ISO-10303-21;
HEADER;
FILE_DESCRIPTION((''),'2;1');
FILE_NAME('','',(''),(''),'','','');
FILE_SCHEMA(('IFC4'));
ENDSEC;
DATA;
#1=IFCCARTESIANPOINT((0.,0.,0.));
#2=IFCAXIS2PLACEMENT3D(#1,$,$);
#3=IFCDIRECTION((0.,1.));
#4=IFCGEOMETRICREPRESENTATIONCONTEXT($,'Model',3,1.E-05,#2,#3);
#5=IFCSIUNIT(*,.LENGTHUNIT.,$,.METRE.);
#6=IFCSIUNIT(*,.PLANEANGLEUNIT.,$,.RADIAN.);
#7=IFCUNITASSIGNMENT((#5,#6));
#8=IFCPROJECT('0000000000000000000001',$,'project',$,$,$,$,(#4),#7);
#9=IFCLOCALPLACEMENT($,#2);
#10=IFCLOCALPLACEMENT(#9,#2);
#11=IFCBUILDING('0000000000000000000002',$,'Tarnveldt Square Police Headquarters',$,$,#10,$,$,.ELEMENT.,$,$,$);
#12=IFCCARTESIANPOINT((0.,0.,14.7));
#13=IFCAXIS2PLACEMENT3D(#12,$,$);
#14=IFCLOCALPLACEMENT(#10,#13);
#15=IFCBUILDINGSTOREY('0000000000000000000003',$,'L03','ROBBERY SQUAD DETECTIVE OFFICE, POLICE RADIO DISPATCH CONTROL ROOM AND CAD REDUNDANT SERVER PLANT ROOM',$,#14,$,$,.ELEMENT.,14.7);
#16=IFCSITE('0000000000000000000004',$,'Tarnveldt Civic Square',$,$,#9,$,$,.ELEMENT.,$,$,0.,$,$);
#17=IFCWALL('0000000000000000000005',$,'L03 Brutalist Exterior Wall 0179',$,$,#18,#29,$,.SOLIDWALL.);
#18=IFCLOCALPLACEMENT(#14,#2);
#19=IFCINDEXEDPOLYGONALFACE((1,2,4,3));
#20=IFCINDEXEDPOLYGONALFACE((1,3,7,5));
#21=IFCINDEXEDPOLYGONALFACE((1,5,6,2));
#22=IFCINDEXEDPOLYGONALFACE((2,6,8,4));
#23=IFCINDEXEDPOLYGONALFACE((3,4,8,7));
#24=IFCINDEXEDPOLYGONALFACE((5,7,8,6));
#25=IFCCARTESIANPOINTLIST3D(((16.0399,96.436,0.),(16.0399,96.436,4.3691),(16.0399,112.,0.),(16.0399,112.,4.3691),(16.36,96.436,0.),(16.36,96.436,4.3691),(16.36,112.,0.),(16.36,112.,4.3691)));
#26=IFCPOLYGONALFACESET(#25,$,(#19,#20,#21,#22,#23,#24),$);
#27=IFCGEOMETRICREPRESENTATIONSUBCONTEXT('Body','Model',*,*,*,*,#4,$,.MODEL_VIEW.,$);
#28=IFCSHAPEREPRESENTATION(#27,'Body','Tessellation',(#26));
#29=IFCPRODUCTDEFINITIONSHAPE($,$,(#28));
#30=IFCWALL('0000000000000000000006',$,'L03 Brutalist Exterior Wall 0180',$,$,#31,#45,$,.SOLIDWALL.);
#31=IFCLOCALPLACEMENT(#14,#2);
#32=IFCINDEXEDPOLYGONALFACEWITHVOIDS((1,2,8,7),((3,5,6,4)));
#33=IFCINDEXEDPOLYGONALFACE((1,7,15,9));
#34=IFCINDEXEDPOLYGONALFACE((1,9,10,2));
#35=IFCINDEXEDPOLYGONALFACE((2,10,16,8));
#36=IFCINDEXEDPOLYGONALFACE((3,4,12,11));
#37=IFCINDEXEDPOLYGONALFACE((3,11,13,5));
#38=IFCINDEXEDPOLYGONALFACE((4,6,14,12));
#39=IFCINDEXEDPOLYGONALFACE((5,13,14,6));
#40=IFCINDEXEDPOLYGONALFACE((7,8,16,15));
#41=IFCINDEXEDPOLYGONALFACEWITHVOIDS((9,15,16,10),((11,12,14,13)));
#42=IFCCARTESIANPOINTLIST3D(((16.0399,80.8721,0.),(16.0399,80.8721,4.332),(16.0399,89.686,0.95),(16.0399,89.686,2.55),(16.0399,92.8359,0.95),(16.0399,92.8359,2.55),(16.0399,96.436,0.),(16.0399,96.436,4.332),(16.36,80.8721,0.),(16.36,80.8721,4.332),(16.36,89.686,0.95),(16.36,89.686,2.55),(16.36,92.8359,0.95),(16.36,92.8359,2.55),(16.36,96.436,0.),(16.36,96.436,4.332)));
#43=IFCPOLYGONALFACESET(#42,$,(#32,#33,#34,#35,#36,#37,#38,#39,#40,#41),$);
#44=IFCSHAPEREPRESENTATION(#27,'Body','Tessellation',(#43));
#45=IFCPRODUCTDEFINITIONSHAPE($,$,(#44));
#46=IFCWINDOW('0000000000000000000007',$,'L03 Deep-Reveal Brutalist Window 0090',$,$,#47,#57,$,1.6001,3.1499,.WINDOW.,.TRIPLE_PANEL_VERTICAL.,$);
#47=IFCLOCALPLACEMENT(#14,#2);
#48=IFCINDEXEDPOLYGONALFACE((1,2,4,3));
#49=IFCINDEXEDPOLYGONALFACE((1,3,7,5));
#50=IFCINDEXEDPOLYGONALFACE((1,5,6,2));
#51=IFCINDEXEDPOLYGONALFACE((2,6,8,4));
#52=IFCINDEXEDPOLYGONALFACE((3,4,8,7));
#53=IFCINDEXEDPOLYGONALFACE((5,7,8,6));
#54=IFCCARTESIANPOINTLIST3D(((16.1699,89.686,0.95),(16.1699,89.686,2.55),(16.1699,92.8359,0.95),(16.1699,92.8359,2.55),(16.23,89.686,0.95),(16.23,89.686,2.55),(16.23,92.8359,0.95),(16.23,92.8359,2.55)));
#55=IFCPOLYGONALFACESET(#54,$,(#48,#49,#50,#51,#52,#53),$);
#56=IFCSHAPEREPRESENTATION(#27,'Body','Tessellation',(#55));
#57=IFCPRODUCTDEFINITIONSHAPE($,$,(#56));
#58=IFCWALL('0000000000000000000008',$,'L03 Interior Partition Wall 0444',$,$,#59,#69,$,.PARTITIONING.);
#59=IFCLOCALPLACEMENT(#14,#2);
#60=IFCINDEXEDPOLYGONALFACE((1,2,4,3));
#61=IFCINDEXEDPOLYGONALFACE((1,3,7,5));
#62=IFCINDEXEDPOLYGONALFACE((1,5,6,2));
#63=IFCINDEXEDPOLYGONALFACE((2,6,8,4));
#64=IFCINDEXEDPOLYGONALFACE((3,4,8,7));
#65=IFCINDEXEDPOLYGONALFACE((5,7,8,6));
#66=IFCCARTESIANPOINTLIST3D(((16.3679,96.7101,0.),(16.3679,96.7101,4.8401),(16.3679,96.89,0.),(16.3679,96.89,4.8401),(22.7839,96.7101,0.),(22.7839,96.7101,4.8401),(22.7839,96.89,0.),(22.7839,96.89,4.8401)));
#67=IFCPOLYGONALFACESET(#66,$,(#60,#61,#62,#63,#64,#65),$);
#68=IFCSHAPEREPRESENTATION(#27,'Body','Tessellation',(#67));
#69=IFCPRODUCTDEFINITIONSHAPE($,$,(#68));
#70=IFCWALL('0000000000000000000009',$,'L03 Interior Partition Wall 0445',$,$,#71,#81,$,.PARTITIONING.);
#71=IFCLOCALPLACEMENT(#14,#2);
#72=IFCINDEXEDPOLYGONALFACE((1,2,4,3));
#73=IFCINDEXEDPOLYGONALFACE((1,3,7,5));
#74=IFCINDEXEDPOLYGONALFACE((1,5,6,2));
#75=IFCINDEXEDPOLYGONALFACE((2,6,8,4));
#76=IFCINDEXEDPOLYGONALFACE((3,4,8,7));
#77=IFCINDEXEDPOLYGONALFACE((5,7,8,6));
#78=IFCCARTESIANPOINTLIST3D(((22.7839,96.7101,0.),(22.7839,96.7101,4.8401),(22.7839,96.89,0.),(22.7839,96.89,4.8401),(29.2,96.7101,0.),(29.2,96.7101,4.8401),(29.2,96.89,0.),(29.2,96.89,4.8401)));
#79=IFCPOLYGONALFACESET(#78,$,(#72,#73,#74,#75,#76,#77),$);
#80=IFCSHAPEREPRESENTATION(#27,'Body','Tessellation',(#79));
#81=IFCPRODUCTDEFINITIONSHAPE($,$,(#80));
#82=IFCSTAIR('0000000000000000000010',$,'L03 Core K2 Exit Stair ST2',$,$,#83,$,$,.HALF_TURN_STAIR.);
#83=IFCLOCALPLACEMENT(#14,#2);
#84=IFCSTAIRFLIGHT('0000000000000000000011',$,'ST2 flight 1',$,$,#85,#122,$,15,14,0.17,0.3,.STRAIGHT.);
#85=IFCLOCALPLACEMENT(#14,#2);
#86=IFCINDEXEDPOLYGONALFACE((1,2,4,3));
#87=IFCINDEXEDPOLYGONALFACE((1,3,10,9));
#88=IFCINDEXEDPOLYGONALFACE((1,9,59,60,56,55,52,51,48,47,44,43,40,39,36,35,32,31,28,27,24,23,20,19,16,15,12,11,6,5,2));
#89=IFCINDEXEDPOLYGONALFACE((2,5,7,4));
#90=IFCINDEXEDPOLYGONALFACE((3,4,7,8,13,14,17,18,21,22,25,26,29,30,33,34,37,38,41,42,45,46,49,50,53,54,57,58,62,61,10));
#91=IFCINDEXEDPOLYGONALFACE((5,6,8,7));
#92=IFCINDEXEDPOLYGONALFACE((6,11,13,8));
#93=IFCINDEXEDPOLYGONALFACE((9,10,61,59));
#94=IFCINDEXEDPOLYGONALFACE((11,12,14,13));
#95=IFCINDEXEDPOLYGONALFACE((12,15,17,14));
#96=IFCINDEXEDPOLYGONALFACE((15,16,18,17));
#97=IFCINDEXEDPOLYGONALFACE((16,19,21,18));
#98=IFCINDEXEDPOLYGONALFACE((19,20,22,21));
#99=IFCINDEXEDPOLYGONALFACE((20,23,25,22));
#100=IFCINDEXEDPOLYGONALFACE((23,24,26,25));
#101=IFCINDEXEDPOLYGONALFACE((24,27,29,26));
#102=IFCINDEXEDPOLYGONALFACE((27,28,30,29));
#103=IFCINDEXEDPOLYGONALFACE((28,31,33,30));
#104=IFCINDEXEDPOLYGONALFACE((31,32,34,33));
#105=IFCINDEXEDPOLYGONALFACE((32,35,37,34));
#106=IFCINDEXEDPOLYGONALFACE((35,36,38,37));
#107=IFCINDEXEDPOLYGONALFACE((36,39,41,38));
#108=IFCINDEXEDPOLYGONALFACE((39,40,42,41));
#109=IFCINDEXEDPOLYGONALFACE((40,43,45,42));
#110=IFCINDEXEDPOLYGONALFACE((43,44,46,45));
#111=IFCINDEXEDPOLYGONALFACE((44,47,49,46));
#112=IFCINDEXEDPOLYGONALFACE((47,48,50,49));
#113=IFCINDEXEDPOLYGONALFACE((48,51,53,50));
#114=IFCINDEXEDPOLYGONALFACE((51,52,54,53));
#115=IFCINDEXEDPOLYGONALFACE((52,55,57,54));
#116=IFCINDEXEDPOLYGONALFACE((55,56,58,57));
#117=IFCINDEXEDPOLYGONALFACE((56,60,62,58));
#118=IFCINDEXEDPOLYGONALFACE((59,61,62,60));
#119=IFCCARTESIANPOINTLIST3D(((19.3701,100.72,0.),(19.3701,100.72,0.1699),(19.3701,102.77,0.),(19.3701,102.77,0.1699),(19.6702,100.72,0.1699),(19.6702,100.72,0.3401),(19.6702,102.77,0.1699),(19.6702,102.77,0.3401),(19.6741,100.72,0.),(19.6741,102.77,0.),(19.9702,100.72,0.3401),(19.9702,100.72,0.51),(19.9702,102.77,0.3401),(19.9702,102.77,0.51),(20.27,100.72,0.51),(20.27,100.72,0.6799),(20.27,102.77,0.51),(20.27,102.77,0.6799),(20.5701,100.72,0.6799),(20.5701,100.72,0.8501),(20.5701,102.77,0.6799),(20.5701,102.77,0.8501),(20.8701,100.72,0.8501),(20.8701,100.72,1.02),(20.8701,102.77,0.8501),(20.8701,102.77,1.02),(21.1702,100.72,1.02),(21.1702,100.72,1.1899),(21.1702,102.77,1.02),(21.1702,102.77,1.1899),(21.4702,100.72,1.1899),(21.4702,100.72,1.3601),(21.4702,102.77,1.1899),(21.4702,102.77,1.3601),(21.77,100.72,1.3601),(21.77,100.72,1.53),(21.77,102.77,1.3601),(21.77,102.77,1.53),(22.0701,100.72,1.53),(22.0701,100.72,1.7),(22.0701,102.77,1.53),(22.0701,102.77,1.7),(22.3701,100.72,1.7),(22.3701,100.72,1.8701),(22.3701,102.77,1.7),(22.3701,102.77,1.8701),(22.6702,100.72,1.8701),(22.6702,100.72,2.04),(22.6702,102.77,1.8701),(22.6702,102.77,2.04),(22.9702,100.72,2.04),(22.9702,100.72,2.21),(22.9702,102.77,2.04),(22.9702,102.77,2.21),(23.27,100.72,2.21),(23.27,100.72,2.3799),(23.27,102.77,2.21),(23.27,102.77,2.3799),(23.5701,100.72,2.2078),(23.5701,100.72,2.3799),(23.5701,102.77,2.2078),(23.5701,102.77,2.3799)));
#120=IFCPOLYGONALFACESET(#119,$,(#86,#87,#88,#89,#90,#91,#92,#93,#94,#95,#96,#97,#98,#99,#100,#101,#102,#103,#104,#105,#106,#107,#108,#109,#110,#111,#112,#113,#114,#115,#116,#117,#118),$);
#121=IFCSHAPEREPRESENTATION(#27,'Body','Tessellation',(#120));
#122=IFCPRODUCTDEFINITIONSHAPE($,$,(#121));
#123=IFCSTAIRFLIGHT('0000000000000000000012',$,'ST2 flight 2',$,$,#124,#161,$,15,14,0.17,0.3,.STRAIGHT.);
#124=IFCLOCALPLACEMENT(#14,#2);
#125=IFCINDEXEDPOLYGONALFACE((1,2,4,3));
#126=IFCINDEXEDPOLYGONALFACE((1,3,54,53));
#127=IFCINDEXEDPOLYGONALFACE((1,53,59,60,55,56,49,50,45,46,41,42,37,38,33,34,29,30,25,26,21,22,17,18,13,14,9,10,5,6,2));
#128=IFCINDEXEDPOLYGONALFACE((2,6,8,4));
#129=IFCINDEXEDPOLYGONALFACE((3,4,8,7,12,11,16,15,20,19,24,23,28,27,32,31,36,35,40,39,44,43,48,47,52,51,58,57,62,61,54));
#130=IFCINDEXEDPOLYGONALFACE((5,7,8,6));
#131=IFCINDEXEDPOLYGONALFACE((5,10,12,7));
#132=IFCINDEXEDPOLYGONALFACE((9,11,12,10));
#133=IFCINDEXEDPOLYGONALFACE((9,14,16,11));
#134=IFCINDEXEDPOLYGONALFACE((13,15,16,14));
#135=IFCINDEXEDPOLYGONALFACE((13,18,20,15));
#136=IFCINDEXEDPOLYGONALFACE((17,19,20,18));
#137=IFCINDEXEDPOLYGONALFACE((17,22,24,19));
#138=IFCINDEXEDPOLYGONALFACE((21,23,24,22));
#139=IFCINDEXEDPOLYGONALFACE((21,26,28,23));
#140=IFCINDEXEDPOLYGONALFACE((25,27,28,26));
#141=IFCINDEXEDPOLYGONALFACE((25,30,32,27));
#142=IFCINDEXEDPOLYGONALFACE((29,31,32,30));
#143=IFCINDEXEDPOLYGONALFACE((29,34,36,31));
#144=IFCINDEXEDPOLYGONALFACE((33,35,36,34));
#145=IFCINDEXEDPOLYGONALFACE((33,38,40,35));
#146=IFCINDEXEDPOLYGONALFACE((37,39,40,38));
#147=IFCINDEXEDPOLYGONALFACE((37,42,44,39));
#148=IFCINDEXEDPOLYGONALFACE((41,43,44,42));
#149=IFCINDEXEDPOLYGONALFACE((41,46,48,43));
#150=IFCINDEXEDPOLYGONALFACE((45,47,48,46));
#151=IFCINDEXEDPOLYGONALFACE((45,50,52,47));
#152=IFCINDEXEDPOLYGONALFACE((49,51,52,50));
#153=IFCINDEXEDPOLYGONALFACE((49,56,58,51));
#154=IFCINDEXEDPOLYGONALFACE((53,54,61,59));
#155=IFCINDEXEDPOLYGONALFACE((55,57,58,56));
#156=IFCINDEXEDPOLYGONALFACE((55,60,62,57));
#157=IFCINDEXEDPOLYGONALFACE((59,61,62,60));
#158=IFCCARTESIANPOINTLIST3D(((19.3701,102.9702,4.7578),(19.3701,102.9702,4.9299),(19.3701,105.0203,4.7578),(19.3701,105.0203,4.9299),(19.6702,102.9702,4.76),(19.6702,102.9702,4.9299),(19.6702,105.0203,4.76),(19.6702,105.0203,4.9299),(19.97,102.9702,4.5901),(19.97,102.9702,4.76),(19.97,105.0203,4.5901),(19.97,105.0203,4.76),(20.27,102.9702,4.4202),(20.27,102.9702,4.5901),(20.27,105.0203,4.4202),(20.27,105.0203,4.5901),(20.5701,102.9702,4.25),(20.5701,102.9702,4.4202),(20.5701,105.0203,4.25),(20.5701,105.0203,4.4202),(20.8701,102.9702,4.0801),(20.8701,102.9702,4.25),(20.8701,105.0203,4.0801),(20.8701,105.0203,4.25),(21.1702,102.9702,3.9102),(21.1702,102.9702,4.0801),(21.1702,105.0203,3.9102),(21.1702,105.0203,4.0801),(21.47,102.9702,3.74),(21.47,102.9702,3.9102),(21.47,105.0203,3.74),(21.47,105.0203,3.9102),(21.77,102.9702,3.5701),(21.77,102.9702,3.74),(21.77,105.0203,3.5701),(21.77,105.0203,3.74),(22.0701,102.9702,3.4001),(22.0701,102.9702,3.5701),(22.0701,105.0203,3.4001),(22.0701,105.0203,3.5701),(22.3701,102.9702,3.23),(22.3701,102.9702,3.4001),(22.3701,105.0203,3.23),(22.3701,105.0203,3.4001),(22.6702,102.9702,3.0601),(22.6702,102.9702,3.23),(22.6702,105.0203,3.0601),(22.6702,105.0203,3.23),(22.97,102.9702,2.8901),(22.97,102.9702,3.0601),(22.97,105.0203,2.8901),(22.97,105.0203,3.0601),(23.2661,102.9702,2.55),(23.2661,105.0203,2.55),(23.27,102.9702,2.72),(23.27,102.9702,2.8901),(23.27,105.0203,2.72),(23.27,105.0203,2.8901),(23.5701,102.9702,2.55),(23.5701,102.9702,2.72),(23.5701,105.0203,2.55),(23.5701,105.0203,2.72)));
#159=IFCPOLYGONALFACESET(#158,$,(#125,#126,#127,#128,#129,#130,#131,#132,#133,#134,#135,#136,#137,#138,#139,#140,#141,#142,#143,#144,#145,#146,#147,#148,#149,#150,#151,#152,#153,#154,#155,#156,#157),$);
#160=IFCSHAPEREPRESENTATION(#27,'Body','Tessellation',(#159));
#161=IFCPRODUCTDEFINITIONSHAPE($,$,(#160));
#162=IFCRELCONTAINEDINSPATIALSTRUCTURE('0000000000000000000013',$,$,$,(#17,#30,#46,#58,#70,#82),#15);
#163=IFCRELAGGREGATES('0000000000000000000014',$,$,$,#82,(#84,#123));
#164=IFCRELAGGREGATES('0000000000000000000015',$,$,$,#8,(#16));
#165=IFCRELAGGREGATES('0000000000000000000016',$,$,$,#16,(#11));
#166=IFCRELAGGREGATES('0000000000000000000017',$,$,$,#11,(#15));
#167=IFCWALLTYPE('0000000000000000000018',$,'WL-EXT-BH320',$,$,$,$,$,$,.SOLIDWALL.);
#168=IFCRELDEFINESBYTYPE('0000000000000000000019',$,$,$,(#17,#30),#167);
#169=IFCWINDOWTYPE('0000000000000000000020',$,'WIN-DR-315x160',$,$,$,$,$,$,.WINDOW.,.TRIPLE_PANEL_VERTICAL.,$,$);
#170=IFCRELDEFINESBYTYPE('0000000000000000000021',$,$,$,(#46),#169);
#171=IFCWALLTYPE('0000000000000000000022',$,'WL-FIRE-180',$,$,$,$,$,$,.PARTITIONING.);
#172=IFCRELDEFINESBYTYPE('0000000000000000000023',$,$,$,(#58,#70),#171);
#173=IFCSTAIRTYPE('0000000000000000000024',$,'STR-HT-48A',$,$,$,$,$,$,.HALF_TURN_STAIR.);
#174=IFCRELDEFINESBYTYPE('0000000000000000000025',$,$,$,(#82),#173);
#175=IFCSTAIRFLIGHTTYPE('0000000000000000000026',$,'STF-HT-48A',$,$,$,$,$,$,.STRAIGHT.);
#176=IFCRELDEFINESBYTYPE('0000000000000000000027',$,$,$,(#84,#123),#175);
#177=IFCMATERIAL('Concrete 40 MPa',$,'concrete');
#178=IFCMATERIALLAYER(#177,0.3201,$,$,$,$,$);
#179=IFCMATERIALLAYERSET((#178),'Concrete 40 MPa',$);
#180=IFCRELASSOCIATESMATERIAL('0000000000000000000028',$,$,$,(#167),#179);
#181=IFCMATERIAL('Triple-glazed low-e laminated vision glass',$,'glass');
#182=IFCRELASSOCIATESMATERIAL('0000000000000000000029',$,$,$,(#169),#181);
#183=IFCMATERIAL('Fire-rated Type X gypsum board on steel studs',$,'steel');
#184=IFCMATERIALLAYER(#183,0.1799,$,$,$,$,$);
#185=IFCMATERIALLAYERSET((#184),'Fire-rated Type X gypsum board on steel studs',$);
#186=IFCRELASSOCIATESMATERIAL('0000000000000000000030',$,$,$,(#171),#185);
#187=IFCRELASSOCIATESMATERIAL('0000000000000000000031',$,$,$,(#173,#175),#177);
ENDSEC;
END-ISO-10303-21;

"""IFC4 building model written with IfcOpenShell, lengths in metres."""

from ifc_helpers import new_model, si_unit, direction, frame, frame_2d, origin, place, context, subcontext, project, spatial, polyline, rectangle, outline, extrude, material, layer, layer_set, type_object, element, fill, aggregate, save


model = new_model("IFC4")

# Units and contexts
model_context = context("Model", 3, precision=1e-05, world=origin(), true_north=direction((0.0, 1.0)))
body_context = subcontext(model_context, "Body", "Model", "MODEL_VIEW")
ifc_project = project(units=[si_unit("LENGTHUNIT", "METRE"), si_unit("PLANEANGLEUNIT", "RADIAN")], contexts=[model_context])

# Site, building, storey
site_placement = place(None, origin())
site = spatial("IfcSite", under=ifc_project, at=site_placement, Name="Tarnveldt Civic Square", CompositionType="ELEMENT", RefElevation=0.0)
building_placement = place(site_placement, origin())
building = spatial("IfcBuilding", under=site, at=building_placement, Name="Tarnveldt Square Police Headquarters", CompositionType="ELEMENT")
storey_placement = place(building_placement, frame((0.0, 0.0, 14.7)))
storey = spatial("IfcBuildingStorey", under=building, at=storey_placement, Name="L03", Description="ROBBERY SQUAD DETECTIVE OFFICE, POLICE RADIO DISPATCH CONTROL ROOM AND CAD REDUNDANT SERVER PLANT ROOM", CompositionType="ELEMENT", Elevation=14.7)

# Shared definitions
ifc_material_1 = material(Name="Concrete 40 MPa", Category="concrete")

# Wall
ifc_layer_1 = layer(ifc_material_1, 0.3201)
ifc_layer_set_1 = layer_set([ifc_layer_1], Name="Concrete 40 MPa")
wall_type_1 = type_object("IfcWallType", Name="WL-EXT-BH320", PredefinedType="SOLIDWALL", material=ifc_layer_set_1)
wall_1_placement = place(storey_placement, frame((16.2, 112.0, 0.0), z_axis=(0.0, 0.0, 1.0), x_axis=(0.0, -1.0, 0.0)))
element("IfcWall", 1, at=wall_1_placement, inside=storey, type_object=wall_type_1, Name="L03 Brutalist Exterior Wall 0179", PredefinedType="SOLIDWALL", context=body_context, shape_type="SweptSolid", body=[
    extrude(rectangle(XDim=15.564, YDim=0.3201, at=frame_2d((7.782, 0.0))), origin(), (0.0, 0.0, 1.0), 4.3691),
])

# Wall, opening, window
wall_2_placement = place(storey_placement, frame((16.2, 96.436, 0.0), z_axis=(0.0, 0.0, 1.0), x_axis=(0.0, -1.0, 0.0)))
wall_2 = element("IfcWall", 2, at=wall_2_placement, inside=storey, type_object=wall_type_1, Name="L03 Brutalist Exterior Wall 0180", PredefinedType="SOLIDWALL", context=body_context, shape_type="SweptSolid", body=[
    extrude(rectangle(XDim=15.564, YDim=0.3201, at=frame_2d((7.782, 0.0))), origin(), (0.0, 0.0, 1.0), 4.332),
])
opening_1_placement = place(wall_2_placement, frame((3.6001, 0.0, 0.95)))
opening_1 = element("IfcOpeningElement", 3, at=opening_1_placement, cuts=wall_2, PredefinedType="OPENING", context=body_context, shape_type="SweptSolid", body=[
    extrude(rectangle(XDim=3.1499, YDim=1.6001, at=frame_2d((1.575, 0.8))), frame((0.0, 0.1699, 0.0), z_axis=(0.0, -1.0, 0.0), x_axis=(1.0, 0.0, 0.0)), (0.0, 0.0, 1.0), 0.3401),
])
ifc_material_2 = material(Name="Triple-glazed low-e laminated vision glass", Category="glass")
window_type = type_object("IfcWindowType", Name="WIN-DR-315x160", PartitioningType="TRIPLE_PANEL_VERTICAL", PredefinedType="WINDOW", material=ifc_material_2)
window_placement = place(opening_1_placement, origin())
window = element("IfcWindow", 4, at=window_placement, inside=storey, type_object=window_type, Name="L03 Deep-Reveal Brutalist Window 0090", OverallHeight=1.6001, OverallWidth=3.1499, PartitioningType="TRIPLE_PANEL_VERTICAL", PredefinedType="WINDOW", context=body_context, shape_type="SweptSolid", body=[
    extrude(rectangle(XDim=3.1499, YDim=1.6001, at=frame_2d((1.575, 0.8))), frame((0.0, 0.03, 0.0), z_axis=(0.0, -1.0, 0.0), x_axis=(1.0, 0.0, 0.0)), (0.0, 0.0, 1.0), 0.0601),
])
fill(opening_1, window)

# Walls
ifc_material_3 = material(Name="Fire-rated Type X gypsum board on steel studs", Category="steel")
ifc_layer_2 = layer(ifc_material_3, 0.1799)
ifc_layer_set_2 = layer_set([ifc_layer_2], Name="Fire-rated Type X gypsum board on steel studs")
wall_type_2 = type_object("IfcWallType", Name="WL-FIRE-180", PredefinedType="PARTITIONING", material=ifc_layer_set_2)
for number, where, z_axis, x_axis, name in (
    (5, (16.3679, 96.8, 0.0), (0.0, 0.0, 1.0), (1.0, 0.0, 0.0), "L03 Interior Partition Wall 0444"),
    (6, (22.7839, 96.8, 0.0), (0.0, 0.0, 1.0), (1.0, 0.0, 0.0), "L03 Interior Partition Wall 0445"),
):
    element("IfcWall", number, at=place(storey_placement, frame(where, z_axis=z_axis, x_axis=x_axis)), inside=storey, type_object=wall_type_2, Name=name, PredefinedType="PARTITIONING", context=body_context, shape_type="SweptSolid", body=[
        extrude(rectangle(XDim=6.416, YDim=0.1799, at=frame_2d((3.208, 0.0))), origin(), (0.0, 0.0, 1.0), 4.8401),
    ])

# Stair, stair flights
stair_type = type_object("IfcStairType", Name="STR-HT-48A", PredefinedType="HALF_TURN_STAIR", material=ifc_material_1)
stair_placement = place(storey_placement, origin())
stair = element("IfcStair", 7, at=stair_placement, inside=storey, type_object=stair_type, Name="L03 Core K2 Exit Stair ST2", PredefinedType="HALF_TURN_STAIR")
stair_flight_type = type_object("IfcStairFlightType", Name="STF-HT-48A", PredefinedType="STRAIGHT", material=ifc_material_1)
stair_flight_1_placement = place(storey_placement, frame((19.3701, 101.7451, 0.0), z_axis=(0.0, 0.0, 1.0), x_axis=(1.0, 0.0, 0.0)))
stair_flight_1 = element("IfcStairFlight", 8, at=stair_flight_1_placement, type_object=stair_flight_type, Name="ST2 flight 1", NumberOfRisers=15, NumberOfTreads=14, PredefinedType="STRAIGHT", RiserHeight=0.17, TreadLength=0.3, context=body_context, shape_type="SweptSolid", body=[
    extrude(outline(polyline([(0.0, 0.0), (0.0, 0.1699), (0.3, 0.1699), (0.3, 0.3401), (0.6001, 0.3401), (0.6001, 0.51), (0.8999, 0.51), (0.8999, 0.6799), (1.2, 0.6799), (1.2, 0.8501), (1.5, 0.8501), (1.5, 1.02), (1.8, 1.02), (1.8, 1.1899), (2.1001, 1.1899), (2.1001, 1.3601), (2.3999, 1.3601), (2.3999, 1.53), (2.7, 1.53), (2.7, 1.7), (3.0, 1.7), (3.0, 1.8701), (3.3, 1.8701), (3.3, 2.04), (3.6001, 2.04), (3.6001, 2.21), (3.8999, 2.21), (3.8999, 2.3799), (4.2, 2.3799), (4.2, 2.55), (4.2, 2.2078), (0.304, 0.0), (0.0, 0.0)])), frame((0.0, 1.0249, 0.0), z_axis=(0.0, -1.0, 0.0), x_axis=(1.0, 0.0, 0.0)), (0.0, 0.0, 1.0), 2.05),
])
stair_flight_2_placement = place(storey_placement, frame((23.5701, 103.9951, 2.55), z_axis=(0.0, 0.0, 1.0), x_axis=(-1.0, 0.0, 0.0)))
stair_flight_2 = element("IfcStairFlight", 9, at=stair_flight_2_placement, type_object=stair_flight_type, Name="ST2 flight 2", NumberOfRisers=15, NumberOfTreads=14, PredefinedType="STRAIGHT", RiserHeight=0.17, TreadLength=0.3, context=body_context, shape_type="SweptSolid", body=[
    extrude(outline(polyline([(0.0, 0.0), (0.0, 0.1699), (0.3, 0.1699), (0.3, 0.3401), (0.6001, 0.3401), (0.6001, 0.51), (0.8999, 0.51), (0.8999, 0.6799), (1.2, 0.6799), (1.2, 0.8501), (1.5, 0.8501), (1.5, 1.02), (1.8, 1.02), (1.8, 1.1899), (2.1001, 1.1899), (2.1001, 1.3601), (2.3999, 1.3601), (2.3999, 1.53), (2.7, 1.53), (2.7, 1.7), (3.0, 1.7), (3.0, 1.8701), (3.3, 1.8701), (3.3, 2.04), (3.6001, 2.04), (3.6001, 2.21), (3.8999, 2.21), (3.8999, 2.3799), (4.2, 2.3799), (4.2, 2.55), (4.2, 2.2078), (0.304, 0.0), (0.0, 0.0)])), frame((0.0, 1.0249, 0.0), z_axis=(0.0, -1.0, 0.0), x_axis=(1.0, 0.0, 0.0)), (0.0, 0.0, 1.0), 2.05),
])
aggregate(stair, [stair_flight_1, stair_flight_2])

save(model, "model.ifc")
